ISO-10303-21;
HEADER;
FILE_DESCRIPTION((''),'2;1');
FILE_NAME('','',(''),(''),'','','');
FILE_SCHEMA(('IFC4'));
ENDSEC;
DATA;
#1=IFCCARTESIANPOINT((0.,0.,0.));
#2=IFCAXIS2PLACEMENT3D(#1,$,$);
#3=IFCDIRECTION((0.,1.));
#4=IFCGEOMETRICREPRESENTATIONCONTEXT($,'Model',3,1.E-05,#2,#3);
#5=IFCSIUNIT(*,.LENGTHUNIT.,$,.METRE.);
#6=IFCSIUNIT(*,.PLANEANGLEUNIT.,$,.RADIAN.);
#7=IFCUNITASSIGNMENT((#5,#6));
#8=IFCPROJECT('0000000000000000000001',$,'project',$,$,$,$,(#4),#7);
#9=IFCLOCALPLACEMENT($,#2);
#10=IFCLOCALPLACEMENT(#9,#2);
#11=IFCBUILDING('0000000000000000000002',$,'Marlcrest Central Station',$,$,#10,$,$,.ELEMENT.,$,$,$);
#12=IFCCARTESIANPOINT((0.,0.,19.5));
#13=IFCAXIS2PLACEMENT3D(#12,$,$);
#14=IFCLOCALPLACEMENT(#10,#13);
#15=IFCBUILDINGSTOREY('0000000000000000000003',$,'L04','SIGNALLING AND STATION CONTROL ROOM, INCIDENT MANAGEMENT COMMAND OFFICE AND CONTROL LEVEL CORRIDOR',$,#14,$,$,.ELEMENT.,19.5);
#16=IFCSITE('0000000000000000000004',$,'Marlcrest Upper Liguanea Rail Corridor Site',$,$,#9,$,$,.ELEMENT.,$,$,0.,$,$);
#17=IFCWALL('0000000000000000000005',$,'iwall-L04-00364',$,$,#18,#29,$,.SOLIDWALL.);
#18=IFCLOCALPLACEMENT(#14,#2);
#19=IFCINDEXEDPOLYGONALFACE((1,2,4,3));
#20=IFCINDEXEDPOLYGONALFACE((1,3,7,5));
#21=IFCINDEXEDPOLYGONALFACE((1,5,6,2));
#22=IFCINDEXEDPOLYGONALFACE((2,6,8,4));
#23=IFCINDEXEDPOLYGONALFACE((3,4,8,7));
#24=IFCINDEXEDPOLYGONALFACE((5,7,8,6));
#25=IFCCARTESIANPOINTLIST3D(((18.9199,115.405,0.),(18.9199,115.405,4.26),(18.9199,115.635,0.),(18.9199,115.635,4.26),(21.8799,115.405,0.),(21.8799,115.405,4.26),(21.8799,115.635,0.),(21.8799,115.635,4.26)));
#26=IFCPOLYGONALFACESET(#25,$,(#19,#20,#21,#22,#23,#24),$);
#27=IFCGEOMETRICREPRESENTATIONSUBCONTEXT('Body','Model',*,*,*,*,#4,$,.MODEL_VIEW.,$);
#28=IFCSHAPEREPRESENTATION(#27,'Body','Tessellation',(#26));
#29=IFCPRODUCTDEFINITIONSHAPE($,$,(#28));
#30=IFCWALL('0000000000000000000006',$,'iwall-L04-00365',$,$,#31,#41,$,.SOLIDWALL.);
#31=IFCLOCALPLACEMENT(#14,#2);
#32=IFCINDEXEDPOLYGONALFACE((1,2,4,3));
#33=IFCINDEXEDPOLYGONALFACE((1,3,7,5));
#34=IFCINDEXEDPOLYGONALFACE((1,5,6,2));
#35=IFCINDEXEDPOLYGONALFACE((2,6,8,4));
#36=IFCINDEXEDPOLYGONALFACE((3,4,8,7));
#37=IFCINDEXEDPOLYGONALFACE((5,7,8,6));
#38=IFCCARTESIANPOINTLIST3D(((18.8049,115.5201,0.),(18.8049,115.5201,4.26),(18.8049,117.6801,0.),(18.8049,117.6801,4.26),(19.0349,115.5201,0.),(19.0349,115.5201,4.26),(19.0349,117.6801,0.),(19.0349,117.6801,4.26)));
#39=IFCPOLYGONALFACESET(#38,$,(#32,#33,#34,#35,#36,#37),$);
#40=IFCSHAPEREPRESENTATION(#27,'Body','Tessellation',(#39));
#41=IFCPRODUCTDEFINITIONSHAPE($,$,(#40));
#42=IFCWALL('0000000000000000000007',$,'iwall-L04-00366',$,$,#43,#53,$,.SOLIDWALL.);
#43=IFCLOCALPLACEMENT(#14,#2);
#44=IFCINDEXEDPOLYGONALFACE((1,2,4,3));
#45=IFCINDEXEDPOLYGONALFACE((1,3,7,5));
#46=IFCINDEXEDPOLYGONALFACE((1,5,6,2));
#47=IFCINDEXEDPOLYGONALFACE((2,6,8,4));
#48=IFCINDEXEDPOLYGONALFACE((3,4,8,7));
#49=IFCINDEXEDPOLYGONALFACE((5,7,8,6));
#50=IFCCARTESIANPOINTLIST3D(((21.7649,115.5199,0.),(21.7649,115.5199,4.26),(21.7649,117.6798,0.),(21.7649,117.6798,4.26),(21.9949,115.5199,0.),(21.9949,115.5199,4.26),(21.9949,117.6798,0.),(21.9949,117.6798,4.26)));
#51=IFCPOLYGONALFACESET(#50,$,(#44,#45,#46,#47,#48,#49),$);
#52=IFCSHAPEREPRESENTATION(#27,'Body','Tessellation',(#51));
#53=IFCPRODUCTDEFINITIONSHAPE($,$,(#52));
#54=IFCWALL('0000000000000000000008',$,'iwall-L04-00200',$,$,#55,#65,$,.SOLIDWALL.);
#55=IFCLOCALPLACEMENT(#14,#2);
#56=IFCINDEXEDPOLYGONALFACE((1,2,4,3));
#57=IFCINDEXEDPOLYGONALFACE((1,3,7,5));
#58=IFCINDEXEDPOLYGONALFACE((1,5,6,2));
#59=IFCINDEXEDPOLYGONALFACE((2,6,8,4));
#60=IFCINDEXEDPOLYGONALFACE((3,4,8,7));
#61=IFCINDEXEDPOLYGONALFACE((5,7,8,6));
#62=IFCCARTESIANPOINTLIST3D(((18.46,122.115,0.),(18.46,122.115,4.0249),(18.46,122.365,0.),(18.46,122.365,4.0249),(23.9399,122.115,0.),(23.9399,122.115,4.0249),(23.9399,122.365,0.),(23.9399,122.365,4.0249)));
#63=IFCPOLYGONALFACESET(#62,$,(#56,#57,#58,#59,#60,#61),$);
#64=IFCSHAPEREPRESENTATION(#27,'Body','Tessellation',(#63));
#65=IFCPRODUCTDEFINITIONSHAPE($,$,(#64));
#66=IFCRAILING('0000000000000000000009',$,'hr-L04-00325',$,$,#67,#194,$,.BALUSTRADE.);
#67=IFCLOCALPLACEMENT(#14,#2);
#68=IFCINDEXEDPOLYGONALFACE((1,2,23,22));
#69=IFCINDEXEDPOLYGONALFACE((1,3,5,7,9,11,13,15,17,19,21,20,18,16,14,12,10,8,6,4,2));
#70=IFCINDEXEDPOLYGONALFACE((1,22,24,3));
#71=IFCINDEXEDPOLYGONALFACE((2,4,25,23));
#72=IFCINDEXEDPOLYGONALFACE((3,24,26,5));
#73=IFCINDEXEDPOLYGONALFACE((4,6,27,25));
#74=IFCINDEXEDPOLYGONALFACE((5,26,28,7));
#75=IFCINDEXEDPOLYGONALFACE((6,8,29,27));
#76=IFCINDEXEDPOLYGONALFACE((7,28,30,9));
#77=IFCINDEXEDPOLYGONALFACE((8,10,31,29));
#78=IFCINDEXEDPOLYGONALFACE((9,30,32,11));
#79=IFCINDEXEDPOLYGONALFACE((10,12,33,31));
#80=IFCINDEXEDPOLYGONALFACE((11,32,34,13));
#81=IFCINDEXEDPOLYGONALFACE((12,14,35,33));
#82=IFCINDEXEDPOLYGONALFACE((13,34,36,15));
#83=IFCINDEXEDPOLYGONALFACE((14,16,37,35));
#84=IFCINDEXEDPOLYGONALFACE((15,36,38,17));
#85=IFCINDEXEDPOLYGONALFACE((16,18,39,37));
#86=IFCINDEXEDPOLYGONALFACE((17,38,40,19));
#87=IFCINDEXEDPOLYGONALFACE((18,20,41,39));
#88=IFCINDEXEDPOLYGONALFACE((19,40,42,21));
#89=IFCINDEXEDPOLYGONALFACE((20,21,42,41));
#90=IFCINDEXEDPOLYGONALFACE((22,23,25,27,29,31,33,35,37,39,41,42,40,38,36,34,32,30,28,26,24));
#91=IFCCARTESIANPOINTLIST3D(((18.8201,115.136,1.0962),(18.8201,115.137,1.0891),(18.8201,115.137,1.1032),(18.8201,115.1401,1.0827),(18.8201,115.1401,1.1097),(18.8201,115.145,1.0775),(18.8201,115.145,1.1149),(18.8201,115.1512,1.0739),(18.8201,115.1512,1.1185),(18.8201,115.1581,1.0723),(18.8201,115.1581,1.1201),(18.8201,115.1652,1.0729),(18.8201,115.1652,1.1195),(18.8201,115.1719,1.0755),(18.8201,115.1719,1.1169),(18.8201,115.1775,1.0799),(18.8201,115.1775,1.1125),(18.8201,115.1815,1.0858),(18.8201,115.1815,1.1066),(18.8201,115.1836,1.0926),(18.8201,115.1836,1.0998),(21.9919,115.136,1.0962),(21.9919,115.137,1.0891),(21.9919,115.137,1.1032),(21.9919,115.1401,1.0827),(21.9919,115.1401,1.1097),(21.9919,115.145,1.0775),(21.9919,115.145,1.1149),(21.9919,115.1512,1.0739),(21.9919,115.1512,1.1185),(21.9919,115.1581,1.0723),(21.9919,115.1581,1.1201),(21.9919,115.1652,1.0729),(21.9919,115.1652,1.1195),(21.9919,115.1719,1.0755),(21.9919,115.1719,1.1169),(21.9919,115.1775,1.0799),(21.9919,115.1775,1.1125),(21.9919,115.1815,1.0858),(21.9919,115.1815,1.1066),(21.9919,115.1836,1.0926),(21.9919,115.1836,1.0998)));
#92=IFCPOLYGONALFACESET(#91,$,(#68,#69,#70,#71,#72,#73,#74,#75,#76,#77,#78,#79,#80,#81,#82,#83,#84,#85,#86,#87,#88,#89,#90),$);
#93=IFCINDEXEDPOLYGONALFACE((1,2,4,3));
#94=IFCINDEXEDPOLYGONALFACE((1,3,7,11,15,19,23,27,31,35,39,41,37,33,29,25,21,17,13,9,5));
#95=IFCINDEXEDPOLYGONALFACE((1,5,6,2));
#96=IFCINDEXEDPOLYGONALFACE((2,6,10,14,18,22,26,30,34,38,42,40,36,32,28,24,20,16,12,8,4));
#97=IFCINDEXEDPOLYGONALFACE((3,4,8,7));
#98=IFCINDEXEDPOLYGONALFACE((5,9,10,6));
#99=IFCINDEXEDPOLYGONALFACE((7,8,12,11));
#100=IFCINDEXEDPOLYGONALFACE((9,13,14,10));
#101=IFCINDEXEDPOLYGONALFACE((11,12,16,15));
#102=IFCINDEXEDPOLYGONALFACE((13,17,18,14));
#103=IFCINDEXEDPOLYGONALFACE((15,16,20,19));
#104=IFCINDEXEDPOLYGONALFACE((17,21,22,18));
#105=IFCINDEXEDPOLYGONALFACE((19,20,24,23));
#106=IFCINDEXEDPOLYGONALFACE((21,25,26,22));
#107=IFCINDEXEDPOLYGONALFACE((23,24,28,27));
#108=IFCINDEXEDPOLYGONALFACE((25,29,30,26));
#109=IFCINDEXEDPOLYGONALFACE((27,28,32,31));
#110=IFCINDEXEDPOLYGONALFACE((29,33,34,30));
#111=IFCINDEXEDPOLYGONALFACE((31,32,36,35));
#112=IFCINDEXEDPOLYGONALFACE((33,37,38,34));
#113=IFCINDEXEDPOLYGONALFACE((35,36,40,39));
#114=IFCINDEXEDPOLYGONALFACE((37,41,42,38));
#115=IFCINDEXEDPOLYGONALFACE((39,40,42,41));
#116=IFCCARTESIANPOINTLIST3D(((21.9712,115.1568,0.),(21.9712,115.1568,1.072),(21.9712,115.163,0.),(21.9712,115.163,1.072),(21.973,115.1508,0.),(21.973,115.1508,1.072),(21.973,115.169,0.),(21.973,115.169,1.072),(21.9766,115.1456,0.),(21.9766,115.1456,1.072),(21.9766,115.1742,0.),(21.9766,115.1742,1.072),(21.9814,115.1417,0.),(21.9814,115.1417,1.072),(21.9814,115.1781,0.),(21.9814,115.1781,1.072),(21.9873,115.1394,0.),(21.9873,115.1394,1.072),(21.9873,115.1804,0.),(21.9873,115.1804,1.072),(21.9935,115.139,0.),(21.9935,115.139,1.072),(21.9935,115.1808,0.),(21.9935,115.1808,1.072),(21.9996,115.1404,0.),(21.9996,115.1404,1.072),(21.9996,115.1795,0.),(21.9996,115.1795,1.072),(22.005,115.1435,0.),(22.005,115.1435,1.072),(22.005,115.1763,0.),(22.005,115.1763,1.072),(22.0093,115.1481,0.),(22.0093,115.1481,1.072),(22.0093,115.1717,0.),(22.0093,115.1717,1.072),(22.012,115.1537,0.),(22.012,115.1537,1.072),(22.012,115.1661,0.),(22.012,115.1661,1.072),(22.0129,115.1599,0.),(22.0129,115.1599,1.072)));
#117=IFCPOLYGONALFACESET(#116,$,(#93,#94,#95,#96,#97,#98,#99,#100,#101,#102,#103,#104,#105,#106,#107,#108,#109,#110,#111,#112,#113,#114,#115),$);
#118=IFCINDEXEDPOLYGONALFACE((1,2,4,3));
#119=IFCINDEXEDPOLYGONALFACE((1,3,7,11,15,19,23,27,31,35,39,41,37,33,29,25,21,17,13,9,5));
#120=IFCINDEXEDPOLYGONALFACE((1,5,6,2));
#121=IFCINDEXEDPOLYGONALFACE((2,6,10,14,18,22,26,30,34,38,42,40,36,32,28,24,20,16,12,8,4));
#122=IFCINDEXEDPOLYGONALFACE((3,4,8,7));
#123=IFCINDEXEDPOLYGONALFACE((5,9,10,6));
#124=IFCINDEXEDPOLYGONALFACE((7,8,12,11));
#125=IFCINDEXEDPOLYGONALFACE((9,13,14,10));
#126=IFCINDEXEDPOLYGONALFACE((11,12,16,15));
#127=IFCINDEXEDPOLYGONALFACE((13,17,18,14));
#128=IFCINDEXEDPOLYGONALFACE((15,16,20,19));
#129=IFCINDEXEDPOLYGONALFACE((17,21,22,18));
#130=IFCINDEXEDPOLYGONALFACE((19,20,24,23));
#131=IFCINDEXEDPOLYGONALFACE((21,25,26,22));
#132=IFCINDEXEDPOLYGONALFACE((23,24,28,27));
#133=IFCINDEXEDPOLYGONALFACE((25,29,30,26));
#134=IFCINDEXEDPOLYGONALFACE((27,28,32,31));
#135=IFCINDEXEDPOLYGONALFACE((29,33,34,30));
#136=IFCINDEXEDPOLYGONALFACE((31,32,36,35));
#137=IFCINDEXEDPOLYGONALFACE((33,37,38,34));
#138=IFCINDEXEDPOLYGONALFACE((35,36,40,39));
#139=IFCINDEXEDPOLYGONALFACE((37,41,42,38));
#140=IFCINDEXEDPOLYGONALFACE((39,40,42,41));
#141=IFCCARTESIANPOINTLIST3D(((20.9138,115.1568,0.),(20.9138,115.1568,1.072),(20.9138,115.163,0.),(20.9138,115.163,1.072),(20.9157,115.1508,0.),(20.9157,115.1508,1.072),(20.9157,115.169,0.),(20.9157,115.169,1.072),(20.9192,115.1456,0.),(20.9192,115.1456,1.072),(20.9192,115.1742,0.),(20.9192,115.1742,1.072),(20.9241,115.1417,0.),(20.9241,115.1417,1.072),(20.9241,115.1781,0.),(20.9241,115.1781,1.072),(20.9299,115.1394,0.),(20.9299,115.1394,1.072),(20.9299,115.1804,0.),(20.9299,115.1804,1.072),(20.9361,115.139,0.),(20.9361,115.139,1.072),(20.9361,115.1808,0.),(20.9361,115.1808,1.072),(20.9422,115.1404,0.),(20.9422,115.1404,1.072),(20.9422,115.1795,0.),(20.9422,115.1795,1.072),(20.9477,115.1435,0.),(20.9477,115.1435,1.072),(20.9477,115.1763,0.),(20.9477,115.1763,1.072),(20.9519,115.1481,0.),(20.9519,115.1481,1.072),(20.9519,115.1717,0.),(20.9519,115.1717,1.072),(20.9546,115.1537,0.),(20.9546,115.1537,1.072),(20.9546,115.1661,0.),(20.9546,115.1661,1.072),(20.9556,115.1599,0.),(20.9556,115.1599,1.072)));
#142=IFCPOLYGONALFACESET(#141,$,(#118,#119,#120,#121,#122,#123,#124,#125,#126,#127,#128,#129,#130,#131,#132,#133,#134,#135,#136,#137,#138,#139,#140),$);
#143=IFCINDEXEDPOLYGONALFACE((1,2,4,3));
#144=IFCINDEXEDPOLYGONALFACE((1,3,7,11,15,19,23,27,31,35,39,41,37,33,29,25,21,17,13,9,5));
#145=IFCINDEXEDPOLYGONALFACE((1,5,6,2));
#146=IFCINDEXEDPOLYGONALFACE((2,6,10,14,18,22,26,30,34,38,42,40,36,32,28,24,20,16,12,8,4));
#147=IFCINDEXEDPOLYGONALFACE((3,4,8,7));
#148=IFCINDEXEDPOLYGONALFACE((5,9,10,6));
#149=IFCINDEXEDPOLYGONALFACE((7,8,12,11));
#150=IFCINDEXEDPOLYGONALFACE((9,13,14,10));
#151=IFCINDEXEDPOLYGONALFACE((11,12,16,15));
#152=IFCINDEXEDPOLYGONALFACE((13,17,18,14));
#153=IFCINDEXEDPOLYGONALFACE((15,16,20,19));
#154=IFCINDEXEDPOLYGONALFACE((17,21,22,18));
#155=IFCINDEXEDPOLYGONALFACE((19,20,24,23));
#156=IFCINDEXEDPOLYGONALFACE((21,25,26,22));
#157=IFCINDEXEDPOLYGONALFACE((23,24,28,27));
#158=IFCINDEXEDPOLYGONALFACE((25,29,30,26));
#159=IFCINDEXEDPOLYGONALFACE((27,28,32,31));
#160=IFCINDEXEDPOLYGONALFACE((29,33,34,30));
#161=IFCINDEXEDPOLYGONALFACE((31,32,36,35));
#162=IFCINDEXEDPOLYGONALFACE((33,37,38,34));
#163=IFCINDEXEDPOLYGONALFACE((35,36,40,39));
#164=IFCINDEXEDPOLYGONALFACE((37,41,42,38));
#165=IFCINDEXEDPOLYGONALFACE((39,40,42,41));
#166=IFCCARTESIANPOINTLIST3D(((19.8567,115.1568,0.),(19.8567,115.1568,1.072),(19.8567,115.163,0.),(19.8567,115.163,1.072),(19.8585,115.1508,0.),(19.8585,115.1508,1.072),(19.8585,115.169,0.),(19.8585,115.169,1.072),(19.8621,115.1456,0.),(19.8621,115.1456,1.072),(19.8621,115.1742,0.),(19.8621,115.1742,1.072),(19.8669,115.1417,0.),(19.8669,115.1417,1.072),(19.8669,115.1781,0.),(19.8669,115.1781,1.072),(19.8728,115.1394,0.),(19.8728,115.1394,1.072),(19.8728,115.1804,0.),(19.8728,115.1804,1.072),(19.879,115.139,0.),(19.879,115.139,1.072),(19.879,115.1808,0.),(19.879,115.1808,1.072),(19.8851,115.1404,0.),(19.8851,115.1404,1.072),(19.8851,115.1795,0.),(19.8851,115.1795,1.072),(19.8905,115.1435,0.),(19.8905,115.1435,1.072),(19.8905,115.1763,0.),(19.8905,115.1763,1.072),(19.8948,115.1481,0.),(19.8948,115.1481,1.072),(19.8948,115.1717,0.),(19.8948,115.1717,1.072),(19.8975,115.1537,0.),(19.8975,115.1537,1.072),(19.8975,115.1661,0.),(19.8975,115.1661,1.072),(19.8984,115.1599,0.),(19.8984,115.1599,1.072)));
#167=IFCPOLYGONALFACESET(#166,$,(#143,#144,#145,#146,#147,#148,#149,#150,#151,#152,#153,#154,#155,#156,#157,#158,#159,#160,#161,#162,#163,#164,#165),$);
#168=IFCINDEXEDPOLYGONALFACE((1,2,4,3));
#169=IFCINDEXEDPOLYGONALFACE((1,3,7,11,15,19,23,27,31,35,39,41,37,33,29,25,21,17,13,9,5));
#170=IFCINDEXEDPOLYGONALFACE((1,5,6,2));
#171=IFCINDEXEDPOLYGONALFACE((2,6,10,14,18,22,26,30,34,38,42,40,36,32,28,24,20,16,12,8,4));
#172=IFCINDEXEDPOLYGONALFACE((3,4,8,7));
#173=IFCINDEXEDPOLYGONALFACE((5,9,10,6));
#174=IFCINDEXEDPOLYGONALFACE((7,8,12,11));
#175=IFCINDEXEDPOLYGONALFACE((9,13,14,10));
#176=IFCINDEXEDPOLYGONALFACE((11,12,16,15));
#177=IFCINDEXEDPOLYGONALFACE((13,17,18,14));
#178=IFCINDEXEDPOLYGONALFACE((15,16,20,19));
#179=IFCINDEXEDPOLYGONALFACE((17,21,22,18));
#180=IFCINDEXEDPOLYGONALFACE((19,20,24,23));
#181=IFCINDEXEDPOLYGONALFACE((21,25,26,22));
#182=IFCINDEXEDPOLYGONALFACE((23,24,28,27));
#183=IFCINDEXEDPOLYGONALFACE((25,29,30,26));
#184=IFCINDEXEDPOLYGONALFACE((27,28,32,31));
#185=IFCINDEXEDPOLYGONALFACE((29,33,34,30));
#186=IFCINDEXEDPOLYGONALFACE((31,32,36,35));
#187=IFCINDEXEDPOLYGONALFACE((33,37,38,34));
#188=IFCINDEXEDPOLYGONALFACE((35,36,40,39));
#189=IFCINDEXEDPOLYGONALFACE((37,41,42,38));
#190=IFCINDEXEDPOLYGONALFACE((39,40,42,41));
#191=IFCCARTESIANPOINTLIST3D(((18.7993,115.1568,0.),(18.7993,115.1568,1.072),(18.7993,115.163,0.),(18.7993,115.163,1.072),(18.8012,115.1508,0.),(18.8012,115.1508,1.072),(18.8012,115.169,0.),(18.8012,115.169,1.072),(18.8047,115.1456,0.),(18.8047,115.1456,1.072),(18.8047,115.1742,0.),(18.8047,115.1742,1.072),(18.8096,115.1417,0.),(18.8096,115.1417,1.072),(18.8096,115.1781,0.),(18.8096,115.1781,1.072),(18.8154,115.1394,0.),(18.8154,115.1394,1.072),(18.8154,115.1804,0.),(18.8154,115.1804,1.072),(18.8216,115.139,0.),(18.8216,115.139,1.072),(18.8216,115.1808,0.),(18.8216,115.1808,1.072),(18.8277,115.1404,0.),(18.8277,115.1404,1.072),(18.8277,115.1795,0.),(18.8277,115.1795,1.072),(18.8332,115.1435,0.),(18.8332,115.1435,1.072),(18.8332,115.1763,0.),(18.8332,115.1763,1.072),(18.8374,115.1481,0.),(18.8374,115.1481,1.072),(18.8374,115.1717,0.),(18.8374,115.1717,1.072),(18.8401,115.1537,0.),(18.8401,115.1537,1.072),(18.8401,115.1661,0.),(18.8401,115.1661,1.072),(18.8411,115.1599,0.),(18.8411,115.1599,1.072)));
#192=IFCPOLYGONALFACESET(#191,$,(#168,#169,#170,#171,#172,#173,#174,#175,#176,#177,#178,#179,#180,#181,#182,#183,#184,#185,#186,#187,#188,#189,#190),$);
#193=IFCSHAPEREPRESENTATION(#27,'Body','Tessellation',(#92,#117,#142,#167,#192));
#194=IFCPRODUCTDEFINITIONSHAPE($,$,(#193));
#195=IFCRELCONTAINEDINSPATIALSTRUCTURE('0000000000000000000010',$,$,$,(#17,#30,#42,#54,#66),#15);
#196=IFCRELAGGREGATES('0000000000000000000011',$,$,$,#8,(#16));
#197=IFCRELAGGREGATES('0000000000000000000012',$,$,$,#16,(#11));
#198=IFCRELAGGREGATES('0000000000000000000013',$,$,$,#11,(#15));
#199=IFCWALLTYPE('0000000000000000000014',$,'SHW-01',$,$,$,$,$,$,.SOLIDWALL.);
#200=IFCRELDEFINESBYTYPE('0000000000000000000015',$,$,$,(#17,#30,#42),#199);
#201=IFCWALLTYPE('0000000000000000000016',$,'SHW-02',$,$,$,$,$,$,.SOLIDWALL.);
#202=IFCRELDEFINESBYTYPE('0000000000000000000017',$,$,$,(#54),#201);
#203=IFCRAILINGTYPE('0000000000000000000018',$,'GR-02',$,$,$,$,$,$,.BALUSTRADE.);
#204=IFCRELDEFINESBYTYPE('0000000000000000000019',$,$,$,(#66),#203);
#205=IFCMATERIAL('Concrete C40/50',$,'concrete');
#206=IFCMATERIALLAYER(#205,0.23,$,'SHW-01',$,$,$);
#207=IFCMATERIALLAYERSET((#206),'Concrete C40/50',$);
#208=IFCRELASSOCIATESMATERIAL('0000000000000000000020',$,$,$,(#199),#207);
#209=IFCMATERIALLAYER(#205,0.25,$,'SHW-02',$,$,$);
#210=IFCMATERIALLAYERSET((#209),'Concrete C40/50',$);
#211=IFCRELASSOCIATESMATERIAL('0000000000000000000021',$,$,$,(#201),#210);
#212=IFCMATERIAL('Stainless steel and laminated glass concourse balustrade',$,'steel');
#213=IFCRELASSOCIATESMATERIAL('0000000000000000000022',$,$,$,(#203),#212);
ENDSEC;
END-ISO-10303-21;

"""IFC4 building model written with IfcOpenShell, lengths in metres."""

from ifc_helpers import new_model, si_unit, direction, frame, frame_2d, origin, origin_2d, place, context, subcontext, project, spatial, rectangle, circle, extrude, material, layer, layer_set, type_object, element, save


model = new_model("IFC4")

# Units and contexts
model_context = context("Model", 3, precision=1e-05, world=origin(), true_north=direction((0.0, 1.0)))
body_context = subcontext(model_context, "Body", "Model", "MODEL_VIEW")
ifc_project = project(units=[si_unit("LENGTHUNIT", "METRE"), si_unit("PLANEANGLEUNIT", "RADIAN")], contexts=[model_context])

# Site, building, storey
site_placement = place(None, origin())
site = spatial("IfcSite", under=ifc_project, at=site_placement, Name="Marlcrest Upper Liguanea Rail Corridor Site", CompositionType="ELEMENT", RefElevation=0.0)
building_placement = place(site_placement, origin())
building = spatial("IfcBuilding", under=site, at=building_placement, Name="Marlcrest Central Station", CompositionType="ELEMENT")
storey_placement = place(building_placement, frame((0.0, 0.0, 19.5)))
storey = spatial("IfcBuildingStorey", under=building, at=storey_placement, Name="L04", Description="SIGNALLING AND STATION CONTROL ROOM, INCIDENT MANAGEMENT COMMAND OFFICE AND CONTROL LEVEL CORRIDOR", CompositionType="ELEMENT", Elevation=19.5)

# Shared definitions
ifc_material_1 = material(Name="Concrete C40/50", Category="concrete")
ifc_layer_1 = layer(ifc_material_1, 0.23, Name="SHW-01")
ifc_layer_set_1 = layer_set([ifc_layer_1], Name="Concrete C40/50")
wall_type_1 = type_object("IfcWallType", Name="SHW-01", PredefinedType="SOLIDWALL", material=ifc_layer_set_1)

# Walls
wall_1_placement = place(storey_placement, frame((21.8799, 115.52, 0.0), z_axis=(0.0, 0.0, 1.0), x_axis=(-1.0, 0.0, 0.0)))
element("IfcWall", 1, at=wall_1_placement, inside=storey, type_object=wall_type_1, Name="iwall-L04-00364", PredefinedType="SOLIDWALL", context=body_context, shape_type="SweptSolid", body=[
    extrude(rectangle(XDim=2.96, YDim=0.23, at=frame_2d((1.48, 0.0))), origin(), (0.0, 0.0, 1.0), 4.26),
])
for number, where, z_axis, x_axis, name in (
    (2, (18.9199, 115.52, 0.0), (0.0, 0.0, 1.0), (0.0, 1.0, 0.0), "iwall-L04-00365"),
    (3, (21.8799, 117.6799, 0.0), (0.0, 0.0, 1.0), (0.0, -1.0, 0.0), "iwall-L04-00366"),
):
    element("IfcWall", number, at=place(storey_placement, frame(where, z_axis=z_axis, x_axis=x_axis)), inside=storey, type_object=wall_type_1, Name=name, PredefinedType="SOLIDWALL", context=body_context, shape_type="SweptSolid", body=[
        extrude(rectangle(XDim=2.1599, YDim=0.23, at=frame_2d((1.0801, 0.0))), origin(), (0.0, 0.0, 1.0), 4.26),
    ])
ifc_layer_2 = layer(ifc_material_1, 0.25, Name="SHW-02")
ifc_layer_set_2 = layer_set([ifc_layer_2], Name="Concrete C40/50")
wall_type_2 = type_object("IfcWallType", Name="SHW-02", PredefinedType="SOLIDWALL", material=ifc_layer_set_2)
wall_2_placement = place(storey_placement, frame((18.46, 122.24, 0.0), z_axis=(0.0, 0.0, 1.0), x_axis=(1.0, 0.0, 0.0)))
element("IfcWall", 4, at=wall_2_placement, inside=storey, type_object=wall_type_2, Name="iwall-L04-00200", PredefinedType="SOLIDWALL", context=body_context, shape_type="SweptSolid", body=[
    extrude(rectangle(XDim=5.48, YDim=0.25, at=frame_2d((2.74, 0.0))), origin(), (0.0, 0.0, 1.0), 4.0249),
])

# Railing
ifc_material_2 = material(Name="Stainless steel and laminated glass concourse balustrade", Category="steel")
railing_type_1 = type_object("IfcRailingType", Name="GR-02", PredefinedType="BALUSTRADE", material=ifc_material_2)
railing_1_placement = place(storey_placement, frame((21.9919, 115.1599, 0.0)))
element("IfcRailing", 5, at=railing_1_placement, inside=storey, type_object=railing_type_1, Name="hr-L04-00325", PredefinedType="BALUSTRADE", context=body_context, shape_type="SweptSolid", body=[
    extrude(circle(Radius=0.0239, at=origin_2d()), frame((0.0, 0.0, 1.0962), z_axis=(-1.0, 0.0, 0.0), x_axis=(0.0, -1.0, 0.0)), (0.0, 0.0, 1.0), 3.1719),
    extrude(circle(Radius=0.021, at=origin_2d()), origin(), (0.0, 0.0, 1.0), 1.072),
    extrude(circle(Radius=0.021, at=origin_2d()), frame((-1.0574, 0.0, 0.0)), (0.0, 0.0, 1.0), 1.072),
    extrude(circle(Radius=0.021, at=origin_2d()), frame((-2.1145, 0.0, 0.0)), (0.0, 0.0, 1.0), 1.072),
    extrude(circle(Radius=0.021, at=origin_2d()), frame((-3.1719, 0.0, 0.0)), (0.0, 0.0, 1.0), 1.072),
])

save(model, "model.ifc")
